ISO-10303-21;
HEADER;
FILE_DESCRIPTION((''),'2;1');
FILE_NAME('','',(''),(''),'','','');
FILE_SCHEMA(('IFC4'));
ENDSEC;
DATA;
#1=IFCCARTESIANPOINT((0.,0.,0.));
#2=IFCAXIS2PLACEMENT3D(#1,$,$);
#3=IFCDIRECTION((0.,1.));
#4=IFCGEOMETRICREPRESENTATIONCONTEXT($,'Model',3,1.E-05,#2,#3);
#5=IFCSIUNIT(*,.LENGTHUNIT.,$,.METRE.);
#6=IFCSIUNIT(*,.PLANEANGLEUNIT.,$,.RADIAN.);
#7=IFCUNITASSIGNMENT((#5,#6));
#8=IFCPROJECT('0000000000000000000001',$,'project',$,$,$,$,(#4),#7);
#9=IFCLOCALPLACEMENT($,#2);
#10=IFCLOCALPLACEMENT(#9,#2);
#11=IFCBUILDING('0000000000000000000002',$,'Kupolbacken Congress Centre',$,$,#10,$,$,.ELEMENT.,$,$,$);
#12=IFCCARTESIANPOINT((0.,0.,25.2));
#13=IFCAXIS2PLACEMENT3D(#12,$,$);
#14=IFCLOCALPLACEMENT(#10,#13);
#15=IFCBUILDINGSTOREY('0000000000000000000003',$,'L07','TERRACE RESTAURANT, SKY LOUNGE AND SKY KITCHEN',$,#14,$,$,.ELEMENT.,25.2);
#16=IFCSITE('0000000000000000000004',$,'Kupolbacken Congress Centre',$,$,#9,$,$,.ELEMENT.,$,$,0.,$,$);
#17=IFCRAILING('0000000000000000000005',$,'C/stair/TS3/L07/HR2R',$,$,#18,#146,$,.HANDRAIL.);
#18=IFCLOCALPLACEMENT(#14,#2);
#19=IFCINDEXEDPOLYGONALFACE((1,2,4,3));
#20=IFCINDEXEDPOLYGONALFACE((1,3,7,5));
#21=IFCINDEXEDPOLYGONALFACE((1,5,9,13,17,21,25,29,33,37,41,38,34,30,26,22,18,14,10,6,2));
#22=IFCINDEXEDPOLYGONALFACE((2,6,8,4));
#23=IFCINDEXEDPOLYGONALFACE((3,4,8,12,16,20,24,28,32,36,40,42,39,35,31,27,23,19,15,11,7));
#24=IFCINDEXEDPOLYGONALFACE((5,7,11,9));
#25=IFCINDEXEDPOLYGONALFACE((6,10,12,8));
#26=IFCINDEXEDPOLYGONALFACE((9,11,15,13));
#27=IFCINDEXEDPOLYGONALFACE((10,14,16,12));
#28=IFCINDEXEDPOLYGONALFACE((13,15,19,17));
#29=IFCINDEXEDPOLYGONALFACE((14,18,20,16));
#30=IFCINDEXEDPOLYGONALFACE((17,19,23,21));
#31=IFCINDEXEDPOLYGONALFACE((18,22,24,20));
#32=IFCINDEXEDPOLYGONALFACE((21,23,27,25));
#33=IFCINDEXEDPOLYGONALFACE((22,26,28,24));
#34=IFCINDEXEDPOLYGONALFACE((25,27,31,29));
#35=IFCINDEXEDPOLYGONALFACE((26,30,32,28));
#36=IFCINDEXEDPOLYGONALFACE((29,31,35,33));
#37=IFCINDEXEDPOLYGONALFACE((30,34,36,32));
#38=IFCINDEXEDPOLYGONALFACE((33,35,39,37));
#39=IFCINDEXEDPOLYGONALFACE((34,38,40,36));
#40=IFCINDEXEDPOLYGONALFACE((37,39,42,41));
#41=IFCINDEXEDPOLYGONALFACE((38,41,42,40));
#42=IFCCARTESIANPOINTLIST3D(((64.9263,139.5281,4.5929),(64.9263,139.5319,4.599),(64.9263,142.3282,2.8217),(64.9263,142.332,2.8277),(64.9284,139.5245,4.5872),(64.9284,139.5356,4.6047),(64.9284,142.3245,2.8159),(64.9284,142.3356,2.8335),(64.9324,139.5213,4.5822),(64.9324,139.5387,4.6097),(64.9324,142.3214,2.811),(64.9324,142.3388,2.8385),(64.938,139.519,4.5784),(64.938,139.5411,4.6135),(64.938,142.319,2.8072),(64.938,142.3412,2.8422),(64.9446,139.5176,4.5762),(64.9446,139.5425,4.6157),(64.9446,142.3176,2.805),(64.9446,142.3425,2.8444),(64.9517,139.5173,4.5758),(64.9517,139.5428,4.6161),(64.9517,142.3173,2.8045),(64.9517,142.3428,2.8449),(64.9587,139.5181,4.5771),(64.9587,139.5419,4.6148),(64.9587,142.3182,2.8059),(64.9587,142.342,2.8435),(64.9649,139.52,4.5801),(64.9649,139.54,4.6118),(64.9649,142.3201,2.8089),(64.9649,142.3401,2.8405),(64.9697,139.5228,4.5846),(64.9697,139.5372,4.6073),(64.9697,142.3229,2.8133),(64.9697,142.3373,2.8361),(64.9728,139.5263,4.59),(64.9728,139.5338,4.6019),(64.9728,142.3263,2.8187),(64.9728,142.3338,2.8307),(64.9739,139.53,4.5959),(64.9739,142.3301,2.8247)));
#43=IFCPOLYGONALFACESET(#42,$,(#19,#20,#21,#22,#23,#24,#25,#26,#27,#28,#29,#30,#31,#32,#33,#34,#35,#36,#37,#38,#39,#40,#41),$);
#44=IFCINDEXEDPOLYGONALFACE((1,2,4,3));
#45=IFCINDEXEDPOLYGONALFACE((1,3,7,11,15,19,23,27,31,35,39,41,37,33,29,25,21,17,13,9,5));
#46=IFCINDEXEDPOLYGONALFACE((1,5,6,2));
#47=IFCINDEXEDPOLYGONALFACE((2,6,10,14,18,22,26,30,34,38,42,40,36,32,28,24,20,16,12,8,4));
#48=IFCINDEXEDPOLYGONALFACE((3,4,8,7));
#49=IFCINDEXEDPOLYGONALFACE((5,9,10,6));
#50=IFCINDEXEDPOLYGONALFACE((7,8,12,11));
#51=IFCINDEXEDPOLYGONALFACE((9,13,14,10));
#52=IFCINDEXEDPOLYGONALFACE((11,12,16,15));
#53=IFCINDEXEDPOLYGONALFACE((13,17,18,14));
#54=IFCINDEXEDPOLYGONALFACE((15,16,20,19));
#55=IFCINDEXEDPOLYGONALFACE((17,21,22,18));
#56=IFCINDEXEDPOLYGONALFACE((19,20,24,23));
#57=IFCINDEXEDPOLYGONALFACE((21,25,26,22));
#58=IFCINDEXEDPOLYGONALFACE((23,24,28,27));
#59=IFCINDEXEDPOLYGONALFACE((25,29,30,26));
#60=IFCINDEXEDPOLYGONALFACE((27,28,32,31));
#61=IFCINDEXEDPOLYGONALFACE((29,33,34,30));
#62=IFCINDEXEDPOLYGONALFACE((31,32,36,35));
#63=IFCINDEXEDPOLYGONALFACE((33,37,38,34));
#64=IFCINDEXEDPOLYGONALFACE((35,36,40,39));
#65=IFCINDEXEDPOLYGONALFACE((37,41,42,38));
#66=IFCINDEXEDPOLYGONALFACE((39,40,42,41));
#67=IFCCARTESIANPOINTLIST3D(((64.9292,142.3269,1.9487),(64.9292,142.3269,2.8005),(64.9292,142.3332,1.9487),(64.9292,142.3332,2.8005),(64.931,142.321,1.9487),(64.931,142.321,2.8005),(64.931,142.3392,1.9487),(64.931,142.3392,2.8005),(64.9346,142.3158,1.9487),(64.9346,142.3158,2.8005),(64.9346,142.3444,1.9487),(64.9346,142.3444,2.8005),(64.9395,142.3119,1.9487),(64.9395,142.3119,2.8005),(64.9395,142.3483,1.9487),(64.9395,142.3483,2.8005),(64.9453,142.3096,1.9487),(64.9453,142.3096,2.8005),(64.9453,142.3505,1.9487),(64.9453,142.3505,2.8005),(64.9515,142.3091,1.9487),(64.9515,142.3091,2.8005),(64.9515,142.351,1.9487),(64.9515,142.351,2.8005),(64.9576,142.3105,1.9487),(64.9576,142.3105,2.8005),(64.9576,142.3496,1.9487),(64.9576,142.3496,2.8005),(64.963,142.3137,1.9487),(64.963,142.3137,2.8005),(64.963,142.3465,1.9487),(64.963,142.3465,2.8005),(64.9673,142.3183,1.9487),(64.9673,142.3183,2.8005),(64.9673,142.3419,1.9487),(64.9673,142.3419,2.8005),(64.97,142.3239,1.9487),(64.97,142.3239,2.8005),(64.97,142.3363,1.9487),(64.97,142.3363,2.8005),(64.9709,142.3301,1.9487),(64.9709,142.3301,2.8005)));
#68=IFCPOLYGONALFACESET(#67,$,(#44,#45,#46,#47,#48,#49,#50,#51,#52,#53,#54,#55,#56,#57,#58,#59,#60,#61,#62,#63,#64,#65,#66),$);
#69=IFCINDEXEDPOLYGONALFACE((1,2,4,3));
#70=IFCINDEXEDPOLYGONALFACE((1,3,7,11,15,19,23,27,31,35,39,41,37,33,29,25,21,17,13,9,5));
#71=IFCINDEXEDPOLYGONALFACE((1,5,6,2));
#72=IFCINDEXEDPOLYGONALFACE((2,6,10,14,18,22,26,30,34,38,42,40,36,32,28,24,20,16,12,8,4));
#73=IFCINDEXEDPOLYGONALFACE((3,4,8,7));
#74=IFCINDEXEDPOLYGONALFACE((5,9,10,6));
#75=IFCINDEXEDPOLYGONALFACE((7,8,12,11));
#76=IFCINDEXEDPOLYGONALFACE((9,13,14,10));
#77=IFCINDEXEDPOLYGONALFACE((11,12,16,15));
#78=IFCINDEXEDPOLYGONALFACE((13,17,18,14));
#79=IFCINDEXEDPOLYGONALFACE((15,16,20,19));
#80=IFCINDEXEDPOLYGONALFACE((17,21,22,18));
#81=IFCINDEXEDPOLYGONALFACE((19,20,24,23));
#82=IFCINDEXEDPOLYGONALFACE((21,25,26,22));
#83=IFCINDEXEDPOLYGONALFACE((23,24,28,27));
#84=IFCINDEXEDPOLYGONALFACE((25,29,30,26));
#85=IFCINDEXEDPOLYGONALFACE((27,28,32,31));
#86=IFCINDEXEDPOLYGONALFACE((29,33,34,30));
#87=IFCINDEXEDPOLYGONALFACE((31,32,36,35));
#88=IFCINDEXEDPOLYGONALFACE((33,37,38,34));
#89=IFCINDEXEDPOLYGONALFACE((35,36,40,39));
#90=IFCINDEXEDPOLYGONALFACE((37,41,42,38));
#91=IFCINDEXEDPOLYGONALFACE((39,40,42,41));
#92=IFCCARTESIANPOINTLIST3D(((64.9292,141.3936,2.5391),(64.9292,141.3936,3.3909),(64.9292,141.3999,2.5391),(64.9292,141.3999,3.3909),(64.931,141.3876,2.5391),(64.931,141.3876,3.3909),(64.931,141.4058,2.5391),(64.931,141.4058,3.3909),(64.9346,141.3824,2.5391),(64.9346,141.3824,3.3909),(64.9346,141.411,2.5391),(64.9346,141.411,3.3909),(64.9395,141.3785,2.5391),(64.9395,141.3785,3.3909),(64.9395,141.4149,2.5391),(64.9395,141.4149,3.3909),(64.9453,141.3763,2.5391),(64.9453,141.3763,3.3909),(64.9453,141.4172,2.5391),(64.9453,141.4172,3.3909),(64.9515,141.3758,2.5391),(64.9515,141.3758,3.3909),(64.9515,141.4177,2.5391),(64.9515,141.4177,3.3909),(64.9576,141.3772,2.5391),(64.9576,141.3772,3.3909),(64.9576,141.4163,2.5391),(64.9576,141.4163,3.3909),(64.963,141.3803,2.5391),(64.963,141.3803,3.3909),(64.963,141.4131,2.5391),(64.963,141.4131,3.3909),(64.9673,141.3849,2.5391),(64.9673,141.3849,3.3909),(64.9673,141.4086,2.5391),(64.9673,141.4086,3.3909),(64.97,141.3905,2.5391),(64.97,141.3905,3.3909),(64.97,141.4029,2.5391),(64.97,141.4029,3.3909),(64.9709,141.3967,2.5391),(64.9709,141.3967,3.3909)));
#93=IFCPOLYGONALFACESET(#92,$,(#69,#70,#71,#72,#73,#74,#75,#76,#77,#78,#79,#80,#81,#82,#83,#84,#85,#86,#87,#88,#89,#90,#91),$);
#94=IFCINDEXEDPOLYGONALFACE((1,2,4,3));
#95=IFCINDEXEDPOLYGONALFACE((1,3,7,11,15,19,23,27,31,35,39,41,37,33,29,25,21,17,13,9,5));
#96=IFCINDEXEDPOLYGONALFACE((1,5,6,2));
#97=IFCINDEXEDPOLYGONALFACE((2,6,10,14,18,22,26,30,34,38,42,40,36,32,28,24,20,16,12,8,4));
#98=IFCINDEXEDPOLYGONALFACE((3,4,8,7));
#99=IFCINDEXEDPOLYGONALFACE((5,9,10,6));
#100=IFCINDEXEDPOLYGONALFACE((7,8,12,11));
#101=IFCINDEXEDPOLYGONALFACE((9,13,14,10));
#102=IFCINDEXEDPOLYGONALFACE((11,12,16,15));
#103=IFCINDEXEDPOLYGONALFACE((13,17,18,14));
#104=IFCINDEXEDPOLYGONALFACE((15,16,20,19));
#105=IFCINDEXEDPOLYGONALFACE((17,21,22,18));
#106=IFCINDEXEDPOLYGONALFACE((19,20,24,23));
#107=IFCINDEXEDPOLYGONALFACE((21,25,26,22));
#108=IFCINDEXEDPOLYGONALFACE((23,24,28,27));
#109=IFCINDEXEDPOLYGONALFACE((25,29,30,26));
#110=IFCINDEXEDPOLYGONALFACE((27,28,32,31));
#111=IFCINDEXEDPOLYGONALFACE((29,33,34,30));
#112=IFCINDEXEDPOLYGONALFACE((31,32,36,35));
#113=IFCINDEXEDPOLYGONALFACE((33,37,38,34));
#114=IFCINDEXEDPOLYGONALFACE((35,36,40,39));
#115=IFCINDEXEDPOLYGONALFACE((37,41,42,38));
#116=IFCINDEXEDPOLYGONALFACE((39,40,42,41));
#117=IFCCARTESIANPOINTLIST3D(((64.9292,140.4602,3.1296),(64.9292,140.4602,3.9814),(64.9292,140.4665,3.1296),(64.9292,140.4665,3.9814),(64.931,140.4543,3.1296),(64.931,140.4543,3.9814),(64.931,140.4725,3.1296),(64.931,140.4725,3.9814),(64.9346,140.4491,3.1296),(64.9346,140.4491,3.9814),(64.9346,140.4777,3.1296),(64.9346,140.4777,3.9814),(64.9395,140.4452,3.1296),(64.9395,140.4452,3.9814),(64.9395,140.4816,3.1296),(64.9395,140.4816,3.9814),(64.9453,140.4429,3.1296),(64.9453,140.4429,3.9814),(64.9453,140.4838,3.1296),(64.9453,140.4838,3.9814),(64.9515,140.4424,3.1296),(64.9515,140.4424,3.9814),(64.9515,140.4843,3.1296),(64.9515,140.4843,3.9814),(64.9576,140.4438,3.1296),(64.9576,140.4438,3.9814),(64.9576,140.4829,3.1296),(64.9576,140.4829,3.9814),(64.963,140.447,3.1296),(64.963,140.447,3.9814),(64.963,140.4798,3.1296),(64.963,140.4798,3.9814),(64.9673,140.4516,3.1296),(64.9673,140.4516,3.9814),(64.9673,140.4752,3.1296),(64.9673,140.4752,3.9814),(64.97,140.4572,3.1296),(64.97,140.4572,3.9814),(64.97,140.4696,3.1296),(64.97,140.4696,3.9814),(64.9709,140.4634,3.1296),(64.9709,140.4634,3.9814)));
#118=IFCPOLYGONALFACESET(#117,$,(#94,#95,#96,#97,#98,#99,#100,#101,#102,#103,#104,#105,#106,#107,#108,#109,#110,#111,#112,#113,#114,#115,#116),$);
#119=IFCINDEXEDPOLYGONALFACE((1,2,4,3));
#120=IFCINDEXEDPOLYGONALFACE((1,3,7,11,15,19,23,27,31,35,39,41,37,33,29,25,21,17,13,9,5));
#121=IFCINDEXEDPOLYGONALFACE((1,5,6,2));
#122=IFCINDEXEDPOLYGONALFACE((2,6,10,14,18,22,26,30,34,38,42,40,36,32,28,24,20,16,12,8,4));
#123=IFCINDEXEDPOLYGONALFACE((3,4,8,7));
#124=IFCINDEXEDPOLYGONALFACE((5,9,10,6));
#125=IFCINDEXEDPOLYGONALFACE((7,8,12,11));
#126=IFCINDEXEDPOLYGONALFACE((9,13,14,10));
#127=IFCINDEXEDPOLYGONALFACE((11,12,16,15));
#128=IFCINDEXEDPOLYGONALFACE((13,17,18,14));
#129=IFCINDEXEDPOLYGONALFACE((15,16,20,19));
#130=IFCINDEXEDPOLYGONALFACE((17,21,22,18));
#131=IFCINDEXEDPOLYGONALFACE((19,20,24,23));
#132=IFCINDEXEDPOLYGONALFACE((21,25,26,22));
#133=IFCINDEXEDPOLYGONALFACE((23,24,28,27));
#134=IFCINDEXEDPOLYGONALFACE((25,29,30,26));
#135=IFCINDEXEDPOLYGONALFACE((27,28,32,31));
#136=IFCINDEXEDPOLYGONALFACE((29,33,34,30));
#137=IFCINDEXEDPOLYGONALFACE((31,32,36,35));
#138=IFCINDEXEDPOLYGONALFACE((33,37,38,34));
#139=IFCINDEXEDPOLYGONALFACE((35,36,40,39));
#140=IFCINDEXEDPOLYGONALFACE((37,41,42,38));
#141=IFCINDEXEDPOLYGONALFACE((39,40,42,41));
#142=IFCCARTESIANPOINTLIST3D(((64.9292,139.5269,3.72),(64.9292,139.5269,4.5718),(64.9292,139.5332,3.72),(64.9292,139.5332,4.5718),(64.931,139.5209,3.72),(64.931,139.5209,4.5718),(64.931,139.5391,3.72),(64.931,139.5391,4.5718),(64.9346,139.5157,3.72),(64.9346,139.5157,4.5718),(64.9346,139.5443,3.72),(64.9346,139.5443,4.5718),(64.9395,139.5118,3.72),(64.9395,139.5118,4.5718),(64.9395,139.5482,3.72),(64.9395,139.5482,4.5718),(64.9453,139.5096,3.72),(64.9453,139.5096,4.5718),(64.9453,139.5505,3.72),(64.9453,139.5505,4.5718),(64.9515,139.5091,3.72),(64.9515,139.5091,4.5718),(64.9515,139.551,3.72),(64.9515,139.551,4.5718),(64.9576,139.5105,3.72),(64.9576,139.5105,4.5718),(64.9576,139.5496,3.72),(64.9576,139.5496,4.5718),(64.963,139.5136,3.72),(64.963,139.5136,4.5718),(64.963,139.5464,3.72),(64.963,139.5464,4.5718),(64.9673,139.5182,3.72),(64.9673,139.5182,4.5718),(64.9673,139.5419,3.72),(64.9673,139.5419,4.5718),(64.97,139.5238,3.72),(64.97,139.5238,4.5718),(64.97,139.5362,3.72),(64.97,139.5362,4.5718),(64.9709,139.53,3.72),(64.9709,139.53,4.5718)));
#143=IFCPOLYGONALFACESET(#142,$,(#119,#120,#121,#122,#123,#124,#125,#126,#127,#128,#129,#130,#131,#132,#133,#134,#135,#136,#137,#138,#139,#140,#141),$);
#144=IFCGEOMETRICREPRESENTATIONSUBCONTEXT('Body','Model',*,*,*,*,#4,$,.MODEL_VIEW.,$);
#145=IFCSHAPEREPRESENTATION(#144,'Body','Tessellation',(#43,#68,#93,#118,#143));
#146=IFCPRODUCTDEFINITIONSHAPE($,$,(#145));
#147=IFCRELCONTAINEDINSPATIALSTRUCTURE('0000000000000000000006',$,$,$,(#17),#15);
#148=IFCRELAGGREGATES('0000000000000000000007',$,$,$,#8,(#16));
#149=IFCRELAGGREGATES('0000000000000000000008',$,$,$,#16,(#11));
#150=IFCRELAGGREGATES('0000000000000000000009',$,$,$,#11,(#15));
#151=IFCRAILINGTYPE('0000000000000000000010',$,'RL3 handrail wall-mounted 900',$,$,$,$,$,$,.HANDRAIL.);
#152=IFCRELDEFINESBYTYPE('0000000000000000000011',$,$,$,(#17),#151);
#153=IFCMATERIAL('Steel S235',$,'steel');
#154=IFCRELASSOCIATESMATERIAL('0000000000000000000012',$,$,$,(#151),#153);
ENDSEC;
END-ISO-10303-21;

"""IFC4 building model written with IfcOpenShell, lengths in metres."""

from ifc_helpers import new_model, si_unit, direction, frame, origin, origin_2d, place, context, subcontext, project, spatial, circle, extrude, material, type_object, element, save


model = new_model("IFC4")

# Units and contexts
model_context = context("Model", 3, precision=1e-05, world=origin(), true_north=direction((0.0, 1.0)))
body_context = subcontext(model_context, "Body", "Model", "MODEL_VIEW")
ifc_project = project(units=[si_unit("LENGTHUNIT", "METRE"), si_unit("PLANEANGLEUNIT", "RADIAN")], contexts=[model_context])

# Site, building, storey
site_placement = place(None, origin())
site = spatial("IfcSite", under=ifc_project, at=site_placement, Name="Kupolbacken Congress Centre", CompositionType="ELEMENT", RefElevation=0.0)
building_placement = place(site_placement, origin())
building = spatial("IfcBuilding", under=site, at=building_placement, Name="Kupolbacken Congress Centre", CompositionType="ELEMENT")
storey_placement = place(building_placement, frame((0.0, 0.0, 25.2)))
storey = spatial("IfcBuildingStorey", under=building, at=storey_placement, Name="L07", Description="TERRACE RESTAURANT, SKY LOUNGE AND SKY KITCHEN", CompositionType="ELEMENT", Elevation=25.2)

# Railing
ifc_material_1 = material(Name="Steel S235", Category="steel")
railing_type_1 = type_object("IfcRailingType", Name="RL3 handrail wall-mounted 900", PredefinedType="HANDRAIL", material=ifc_material_1)
for number, where, name in (
    (1, (64.95, 142.3301, 1.9487), "C/stair/TS3/L07/HR2R"),
):
    element("IfcRailing", number, at=place(storey_placement, frame(where)), inside=storey, type_object=railing_type_1, Name=name, PredefinedType="HANDRAIL", context=body_context, shape_type="SweptSolid", body=[
        extrude(circle(Radius=0.0239, at=origin_2d()), frame((0.0, 0.0, 0.876), z_axis=(0.0, -0.845109, 0.534594), x_axis=(1.0, 0.0, 0.0)), (0.0, 0.0, 1.0), 3.3132),
        extrude(circle(Radius=0.021, at=origin_2d()), origin(), (0.0, 0.0, 1.0), 0.8518),
        extrude(circle(Radius=0.021, at=origin_2d()), frame((0.0, -0.9333, 0.5903)), (0.0, 0.0, 1.0), 0.8518),
        extrude(circle(Radius=0.021, at=origin_2d()), frame((0.0, -1.8667, 1.1809)), (0.0, 0.0, 1.0), 0.8518),
        extrude(circle(Radius=0.021, at=origin_2d()), frame((0.0, -2.8, 1.7712)), (0.0, 0.0, 1.0), 0.8518),
    ])

save(model, "model.ifc")
